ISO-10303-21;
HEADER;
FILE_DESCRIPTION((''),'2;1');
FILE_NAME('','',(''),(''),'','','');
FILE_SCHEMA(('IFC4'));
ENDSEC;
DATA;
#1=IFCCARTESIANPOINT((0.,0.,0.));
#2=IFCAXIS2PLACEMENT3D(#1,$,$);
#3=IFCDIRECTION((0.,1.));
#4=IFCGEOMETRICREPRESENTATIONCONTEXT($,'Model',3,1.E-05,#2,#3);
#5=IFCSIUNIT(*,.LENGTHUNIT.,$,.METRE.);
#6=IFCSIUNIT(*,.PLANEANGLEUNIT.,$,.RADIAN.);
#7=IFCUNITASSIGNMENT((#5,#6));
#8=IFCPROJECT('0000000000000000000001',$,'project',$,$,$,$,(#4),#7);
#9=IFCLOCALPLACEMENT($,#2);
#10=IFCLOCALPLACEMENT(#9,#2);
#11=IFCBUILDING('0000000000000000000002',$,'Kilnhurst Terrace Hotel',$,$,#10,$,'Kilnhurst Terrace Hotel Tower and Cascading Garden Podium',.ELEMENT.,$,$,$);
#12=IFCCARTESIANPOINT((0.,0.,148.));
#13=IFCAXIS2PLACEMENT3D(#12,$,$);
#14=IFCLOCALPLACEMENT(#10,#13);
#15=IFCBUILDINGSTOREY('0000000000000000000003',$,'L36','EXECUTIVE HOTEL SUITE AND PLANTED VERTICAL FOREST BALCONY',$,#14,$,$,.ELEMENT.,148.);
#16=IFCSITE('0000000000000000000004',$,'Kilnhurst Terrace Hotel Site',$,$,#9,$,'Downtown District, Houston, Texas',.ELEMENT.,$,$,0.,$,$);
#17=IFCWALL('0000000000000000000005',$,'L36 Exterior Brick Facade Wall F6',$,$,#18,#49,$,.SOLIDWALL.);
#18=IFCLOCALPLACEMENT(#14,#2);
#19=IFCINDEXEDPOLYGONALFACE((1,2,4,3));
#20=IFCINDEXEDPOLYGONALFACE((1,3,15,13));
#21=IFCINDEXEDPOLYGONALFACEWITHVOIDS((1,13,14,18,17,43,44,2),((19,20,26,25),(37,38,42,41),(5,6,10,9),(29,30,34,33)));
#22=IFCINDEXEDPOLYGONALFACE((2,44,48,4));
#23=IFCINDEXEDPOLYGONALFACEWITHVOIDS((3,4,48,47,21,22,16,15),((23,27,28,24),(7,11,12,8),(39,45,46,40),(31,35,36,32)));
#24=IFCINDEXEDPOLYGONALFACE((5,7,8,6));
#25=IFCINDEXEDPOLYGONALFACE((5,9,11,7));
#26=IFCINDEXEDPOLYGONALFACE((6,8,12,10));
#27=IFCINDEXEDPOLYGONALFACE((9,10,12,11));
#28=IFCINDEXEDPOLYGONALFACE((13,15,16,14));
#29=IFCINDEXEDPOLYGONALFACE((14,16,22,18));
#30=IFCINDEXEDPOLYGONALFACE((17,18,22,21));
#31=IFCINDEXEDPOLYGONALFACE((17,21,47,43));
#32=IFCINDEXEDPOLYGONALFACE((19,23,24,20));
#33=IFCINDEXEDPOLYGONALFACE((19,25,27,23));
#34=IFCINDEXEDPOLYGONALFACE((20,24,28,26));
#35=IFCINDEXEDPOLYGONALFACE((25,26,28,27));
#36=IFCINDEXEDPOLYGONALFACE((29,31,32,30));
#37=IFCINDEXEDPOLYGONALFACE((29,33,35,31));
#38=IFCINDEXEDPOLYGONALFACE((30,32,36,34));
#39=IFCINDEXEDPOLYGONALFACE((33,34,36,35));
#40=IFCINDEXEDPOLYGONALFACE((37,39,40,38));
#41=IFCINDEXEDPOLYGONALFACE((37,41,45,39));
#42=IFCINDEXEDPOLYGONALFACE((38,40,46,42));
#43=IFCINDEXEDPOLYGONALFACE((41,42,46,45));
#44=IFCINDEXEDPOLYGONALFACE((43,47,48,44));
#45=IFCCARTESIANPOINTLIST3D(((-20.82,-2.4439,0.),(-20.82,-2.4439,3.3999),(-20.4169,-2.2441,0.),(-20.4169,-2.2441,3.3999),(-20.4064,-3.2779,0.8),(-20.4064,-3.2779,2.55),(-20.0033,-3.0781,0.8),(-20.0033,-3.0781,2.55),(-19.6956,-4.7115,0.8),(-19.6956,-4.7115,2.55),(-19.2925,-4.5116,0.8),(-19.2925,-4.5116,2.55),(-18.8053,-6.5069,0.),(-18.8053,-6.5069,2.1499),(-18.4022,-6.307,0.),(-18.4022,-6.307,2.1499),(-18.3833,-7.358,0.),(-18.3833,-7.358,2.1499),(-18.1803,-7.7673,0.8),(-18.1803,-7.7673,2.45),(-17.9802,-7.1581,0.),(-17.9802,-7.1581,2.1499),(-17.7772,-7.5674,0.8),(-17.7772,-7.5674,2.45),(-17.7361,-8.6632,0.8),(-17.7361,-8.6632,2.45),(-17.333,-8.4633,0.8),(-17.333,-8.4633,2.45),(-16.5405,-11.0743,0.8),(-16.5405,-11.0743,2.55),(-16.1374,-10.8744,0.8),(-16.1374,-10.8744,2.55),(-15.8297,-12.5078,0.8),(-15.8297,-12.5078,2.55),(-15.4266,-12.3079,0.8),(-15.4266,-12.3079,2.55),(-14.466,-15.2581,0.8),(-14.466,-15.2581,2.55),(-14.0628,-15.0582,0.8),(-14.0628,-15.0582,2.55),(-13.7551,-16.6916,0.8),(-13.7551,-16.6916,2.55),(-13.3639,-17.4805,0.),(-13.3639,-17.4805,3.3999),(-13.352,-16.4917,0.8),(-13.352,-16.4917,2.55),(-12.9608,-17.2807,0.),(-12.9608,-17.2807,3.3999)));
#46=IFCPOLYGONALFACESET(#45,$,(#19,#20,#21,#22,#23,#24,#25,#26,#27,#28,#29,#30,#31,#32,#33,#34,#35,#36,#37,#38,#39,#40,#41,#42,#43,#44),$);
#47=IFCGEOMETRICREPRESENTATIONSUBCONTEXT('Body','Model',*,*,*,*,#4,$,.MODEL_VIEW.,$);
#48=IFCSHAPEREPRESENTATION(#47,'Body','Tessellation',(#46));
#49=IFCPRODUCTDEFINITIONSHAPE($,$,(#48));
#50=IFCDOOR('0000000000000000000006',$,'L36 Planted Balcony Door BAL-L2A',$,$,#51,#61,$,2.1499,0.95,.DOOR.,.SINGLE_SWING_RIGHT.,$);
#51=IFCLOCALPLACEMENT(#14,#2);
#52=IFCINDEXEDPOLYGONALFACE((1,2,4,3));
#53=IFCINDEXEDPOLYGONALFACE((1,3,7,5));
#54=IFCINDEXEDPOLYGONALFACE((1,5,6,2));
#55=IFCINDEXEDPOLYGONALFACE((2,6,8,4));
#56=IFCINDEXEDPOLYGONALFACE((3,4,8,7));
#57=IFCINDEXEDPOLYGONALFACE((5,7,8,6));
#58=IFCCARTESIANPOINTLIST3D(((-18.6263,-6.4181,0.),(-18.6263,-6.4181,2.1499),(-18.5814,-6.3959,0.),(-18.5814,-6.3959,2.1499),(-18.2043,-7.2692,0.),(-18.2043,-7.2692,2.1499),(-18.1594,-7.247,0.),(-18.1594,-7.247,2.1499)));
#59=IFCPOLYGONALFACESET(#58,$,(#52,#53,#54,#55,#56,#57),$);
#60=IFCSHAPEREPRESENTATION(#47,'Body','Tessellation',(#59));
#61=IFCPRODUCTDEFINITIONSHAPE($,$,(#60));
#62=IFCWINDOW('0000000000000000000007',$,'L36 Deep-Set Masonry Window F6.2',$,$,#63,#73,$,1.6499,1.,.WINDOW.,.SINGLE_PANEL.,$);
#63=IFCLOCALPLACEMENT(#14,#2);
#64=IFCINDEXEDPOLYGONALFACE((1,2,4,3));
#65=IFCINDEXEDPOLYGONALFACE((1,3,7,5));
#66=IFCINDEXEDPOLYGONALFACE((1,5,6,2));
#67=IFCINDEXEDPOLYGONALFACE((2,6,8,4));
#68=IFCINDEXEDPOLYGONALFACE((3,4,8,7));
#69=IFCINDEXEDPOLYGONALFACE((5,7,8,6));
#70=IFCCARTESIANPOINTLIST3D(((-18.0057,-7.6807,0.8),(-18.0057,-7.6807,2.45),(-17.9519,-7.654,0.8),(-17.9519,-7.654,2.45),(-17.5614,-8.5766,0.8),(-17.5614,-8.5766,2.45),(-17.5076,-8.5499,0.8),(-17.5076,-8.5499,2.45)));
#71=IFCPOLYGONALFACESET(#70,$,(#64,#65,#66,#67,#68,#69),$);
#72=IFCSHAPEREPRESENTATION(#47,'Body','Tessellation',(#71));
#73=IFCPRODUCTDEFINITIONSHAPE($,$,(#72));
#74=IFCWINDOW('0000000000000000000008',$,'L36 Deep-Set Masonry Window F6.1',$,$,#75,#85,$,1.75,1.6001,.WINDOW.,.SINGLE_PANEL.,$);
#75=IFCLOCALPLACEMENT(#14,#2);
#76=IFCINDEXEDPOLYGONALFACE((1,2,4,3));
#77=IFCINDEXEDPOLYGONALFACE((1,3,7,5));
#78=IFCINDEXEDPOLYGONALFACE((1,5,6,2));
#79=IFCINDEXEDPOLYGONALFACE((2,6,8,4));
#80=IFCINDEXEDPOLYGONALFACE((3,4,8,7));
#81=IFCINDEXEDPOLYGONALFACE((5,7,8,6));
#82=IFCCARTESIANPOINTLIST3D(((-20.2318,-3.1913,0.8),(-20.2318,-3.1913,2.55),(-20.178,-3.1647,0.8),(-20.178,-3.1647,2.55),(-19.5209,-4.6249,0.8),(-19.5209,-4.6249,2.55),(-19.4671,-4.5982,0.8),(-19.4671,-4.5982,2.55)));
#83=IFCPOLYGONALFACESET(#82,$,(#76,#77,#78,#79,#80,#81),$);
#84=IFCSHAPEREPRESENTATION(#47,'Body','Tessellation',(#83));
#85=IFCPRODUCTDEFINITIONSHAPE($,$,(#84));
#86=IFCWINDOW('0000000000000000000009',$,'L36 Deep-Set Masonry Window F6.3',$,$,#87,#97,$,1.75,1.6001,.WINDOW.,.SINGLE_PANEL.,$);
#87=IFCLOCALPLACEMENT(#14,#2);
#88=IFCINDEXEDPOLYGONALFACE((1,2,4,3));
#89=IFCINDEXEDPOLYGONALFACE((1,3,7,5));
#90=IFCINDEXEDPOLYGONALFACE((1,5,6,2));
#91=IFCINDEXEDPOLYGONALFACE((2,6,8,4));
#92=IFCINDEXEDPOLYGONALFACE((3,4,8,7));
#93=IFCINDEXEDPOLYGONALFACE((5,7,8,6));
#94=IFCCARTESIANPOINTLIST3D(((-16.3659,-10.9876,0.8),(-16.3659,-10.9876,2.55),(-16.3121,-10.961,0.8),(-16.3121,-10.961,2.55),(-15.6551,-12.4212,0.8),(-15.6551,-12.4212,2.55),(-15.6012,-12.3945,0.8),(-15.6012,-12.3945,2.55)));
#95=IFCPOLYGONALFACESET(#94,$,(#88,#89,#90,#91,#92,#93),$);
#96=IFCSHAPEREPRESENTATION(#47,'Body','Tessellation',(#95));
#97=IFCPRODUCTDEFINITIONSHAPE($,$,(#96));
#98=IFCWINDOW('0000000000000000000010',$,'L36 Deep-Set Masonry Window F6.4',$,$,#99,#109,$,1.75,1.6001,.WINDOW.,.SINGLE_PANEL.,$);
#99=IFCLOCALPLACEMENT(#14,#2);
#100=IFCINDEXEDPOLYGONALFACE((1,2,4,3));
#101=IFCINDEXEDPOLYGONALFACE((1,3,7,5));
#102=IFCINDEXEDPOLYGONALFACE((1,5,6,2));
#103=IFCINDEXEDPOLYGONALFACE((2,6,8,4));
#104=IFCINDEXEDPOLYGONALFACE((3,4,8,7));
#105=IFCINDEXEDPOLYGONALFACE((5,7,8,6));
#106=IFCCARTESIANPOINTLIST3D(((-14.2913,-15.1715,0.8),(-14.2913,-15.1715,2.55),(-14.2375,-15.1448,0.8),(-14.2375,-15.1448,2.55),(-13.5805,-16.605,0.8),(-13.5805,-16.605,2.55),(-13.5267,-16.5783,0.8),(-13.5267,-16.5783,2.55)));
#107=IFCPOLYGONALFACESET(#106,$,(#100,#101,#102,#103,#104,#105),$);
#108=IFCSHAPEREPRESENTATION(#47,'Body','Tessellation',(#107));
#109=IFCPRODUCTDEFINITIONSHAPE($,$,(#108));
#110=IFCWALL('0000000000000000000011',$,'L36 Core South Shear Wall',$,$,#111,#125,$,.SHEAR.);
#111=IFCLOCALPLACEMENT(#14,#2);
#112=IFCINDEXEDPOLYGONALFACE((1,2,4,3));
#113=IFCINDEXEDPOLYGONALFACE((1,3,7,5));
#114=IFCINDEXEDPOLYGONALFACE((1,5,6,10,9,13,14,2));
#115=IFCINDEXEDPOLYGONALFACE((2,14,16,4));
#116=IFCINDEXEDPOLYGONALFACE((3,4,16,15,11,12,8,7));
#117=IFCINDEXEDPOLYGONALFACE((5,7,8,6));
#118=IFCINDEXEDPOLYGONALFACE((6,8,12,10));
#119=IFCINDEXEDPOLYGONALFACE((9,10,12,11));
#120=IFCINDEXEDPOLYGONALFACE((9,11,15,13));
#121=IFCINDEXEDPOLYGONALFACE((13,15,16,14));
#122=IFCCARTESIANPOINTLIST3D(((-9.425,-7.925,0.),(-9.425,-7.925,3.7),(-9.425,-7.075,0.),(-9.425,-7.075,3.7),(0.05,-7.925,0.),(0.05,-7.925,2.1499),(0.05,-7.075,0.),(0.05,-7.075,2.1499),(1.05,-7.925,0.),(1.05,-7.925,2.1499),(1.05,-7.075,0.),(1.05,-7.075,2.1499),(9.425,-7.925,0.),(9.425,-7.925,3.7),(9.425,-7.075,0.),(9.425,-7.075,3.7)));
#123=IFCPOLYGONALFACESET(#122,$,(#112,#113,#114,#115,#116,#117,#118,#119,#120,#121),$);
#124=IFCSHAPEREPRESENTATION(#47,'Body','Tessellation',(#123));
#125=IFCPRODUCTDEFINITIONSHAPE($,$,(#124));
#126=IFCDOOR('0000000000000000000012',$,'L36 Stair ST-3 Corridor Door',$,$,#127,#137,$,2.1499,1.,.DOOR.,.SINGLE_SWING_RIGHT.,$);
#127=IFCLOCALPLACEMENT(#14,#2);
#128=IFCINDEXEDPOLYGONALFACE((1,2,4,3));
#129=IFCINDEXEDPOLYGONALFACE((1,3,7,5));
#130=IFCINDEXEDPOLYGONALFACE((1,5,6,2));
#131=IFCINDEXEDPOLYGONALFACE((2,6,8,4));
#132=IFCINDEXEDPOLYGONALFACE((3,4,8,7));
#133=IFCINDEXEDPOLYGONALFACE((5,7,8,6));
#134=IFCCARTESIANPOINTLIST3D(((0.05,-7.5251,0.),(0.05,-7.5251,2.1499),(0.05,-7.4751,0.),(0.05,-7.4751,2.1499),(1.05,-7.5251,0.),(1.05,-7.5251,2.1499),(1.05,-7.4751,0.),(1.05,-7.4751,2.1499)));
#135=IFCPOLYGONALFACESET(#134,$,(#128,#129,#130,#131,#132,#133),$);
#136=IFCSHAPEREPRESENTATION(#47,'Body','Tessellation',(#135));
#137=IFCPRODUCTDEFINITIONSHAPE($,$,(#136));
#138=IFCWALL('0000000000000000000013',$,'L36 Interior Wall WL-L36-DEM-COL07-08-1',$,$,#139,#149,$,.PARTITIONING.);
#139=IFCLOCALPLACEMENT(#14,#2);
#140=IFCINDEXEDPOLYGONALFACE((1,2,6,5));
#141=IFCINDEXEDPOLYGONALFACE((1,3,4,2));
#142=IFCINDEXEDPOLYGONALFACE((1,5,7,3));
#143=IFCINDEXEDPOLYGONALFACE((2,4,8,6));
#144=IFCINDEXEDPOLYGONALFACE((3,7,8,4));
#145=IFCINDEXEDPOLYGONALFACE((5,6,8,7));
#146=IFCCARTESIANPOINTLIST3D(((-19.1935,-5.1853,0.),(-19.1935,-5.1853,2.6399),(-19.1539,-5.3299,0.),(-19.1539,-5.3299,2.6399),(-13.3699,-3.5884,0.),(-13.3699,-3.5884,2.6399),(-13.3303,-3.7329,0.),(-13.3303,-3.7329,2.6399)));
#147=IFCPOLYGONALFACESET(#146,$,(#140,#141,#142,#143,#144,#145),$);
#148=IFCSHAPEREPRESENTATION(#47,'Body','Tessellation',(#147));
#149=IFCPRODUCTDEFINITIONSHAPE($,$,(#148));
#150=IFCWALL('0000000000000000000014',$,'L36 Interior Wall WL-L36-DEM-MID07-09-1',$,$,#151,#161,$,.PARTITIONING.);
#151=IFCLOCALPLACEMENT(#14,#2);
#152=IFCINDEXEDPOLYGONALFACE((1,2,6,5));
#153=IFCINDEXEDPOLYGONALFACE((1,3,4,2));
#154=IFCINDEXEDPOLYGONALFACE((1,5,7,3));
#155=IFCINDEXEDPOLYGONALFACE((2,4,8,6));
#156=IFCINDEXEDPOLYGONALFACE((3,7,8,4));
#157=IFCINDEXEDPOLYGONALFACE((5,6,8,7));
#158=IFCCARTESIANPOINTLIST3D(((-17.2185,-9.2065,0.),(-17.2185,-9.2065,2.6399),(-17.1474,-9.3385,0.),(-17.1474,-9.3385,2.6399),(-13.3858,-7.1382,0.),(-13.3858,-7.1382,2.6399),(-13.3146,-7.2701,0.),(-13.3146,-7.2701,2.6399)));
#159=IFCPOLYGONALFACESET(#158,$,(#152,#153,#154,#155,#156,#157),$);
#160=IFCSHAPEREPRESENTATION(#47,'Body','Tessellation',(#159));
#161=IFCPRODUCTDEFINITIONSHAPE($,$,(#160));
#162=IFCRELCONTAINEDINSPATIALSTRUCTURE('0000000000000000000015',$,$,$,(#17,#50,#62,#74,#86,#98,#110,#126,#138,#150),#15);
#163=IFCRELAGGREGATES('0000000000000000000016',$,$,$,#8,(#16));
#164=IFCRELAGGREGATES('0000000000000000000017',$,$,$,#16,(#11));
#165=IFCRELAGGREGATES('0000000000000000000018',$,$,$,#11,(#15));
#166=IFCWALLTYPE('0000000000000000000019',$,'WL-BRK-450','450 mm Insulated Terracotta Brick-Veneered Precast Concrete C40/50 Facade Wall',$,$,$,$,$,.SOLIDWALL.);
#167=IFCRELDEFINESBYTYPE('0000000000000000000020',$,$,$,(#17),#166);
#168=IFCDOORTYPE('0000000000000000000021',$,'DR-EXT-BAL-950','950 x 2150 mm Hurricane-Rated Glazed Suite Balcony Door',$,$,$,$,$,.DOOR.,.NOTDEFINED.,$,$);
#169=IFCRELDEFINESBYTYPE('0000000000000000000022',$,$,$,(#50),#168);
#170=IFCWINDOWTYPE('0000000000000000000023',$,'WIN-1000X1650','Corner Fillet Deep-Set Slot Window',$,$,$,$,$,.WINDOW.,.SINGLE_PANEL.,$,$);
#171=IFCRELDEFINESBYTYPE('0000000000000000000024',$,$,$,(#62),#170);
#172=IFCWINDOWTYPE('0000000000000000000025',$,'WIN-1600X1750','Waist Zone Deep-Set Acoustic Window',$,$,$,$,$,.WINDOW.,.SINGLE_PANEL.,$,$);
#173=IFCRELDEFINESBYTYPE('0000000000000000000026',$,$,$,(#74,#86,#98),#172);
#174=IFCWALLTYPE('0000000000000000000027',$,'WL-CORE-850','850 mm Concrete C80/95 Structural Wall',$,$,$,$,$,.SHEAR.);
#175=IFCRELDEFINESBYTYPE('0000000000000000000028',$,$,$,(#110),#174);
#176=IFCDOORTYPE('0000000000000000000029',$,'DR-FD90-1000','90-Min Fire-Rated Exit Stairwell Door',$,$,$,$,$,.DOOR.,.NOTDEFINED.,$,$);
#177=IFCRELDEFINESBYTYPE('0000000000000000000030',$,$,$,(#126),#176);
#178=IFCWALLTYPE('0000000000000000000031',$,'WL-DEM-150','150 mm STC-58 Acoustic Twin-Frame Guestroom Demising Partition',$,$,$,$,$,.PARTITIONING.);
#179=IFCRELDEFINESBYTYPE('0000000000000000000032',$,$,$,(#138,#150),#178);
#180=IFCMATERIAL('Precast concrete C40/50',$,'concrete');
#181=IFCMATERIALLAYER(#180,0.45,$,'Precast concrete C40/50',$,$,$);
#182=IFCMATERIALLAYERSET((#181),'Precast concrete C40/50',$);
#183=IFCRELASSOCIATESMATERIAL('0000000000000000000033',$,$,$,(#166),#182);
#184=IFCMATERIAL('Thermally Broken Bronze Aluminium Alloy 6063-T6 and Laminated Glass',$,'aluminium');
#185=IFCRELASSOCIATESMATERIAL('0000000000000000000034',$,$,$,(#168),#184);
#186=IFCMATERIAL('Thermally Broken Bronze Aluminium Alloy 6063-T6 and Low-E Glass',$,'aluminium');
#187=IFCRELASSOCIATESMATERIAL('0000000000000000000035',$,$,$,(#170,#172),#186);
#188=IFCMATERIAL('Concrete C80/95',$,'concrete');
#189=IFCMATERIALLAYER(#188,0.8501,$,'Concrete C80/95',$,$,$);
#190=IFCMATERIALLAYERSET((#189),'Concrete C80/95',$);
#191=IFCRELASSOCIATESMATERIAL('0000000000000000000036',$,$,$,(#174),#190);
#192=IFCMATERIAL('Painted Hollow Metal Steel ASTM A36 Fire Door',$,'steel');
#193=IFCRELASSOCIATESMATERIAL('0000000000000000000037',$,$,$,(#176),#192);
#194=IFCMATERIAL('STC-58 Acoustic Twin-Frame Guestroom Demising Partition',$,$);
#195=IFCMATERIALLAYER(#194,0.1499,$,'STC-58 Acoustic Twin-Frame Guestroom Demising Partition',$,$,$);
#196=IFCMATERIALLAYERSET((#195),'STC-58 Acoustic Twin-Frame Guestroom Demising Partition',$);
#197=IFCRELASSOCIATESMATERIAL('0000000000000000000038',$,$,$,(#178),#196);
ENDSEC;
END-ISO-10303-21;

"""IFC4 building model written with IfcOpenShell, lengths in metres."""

from ifc_helpers import new_model, si_unit, direction, frame, frame_2d, origin, place, context, subcontext, project, spatial, rectangle, extrude, material, layer, layer_set, type_object, element, fill, save


model = new_model("IFC4")

# Units and contexts
model_context = context("Model", 3, precision=1e-05, world=origin(), true_north=direction((0.0, 1.0)))
body_context = subcontext(model_context, "Body", "Model", "MODEL_VIEW")
ifc_project = project(units=[si_unit("LENGTHUNIT", "METRE"), si_unit("PLANEANGLEUNIT", "RADIAN")], contexts=[model_context])

# Site, building, storey
site_placement = place(None, origin())
site = spatial("IfcSite", under=ifc_project, at=site_placement, Name="Kilnhurst Terrace Hotel Site", LongName="Downtown District, Houston, Texas", CompositionType="ELEMENT", RefElevation=0.0)
building_placement = place(site_placement, origin())
building = spatial("IfcBuilding", under=site, at=building_placement, Name="Kilnhurst Terrace Hotel", LongName="Kilnhurst Terrace Hotel Tower and Cascading Garden Podium", CompositionType="ELEMENT")
storey_placement = place(building_placement, frame((0.0, 0.0, 148.0)))
storey = spatial("IfcBuildingStorey", under=building, at=storey_placement, Name="L36", Description="EXECUTIVE HOTEL SUITE AND PLANTED VERTICAL FOREST BALCONY", CompositionType="ELEMENT", Elevation=148.0)

# Shared definitions
ifc_material_1 = material(Name="Concrete C80/95", Category="concrete")

# Shared definitions
ifc_material_2 = material(Name="Precast concrete C40/50", Category="concrete")
ifc_layer_1 = layer(ifc_material_2, 0.45, Name="Precast concrete C40/50")
ifc_layer_set_1 = layer_set([ifc_layer_1], Name="Precast concrete C40/50")
wall_type_1 = type_object("IfcWallType", Name="WL-BRK-450", Description="450 mm Insulated Terracotta Brick-Veneered Precast Concrete C40/50 Facade Wall", PredefinedType="SOLIDWALL", material=ifc_layer_set_1)

# Wall, openings, door, windows
wall_1_placement = place(storey_placement, frame((-20.6184, -2.344, 0.0), z_axis=(0.0, 0.0, 1.0), x_axis=(0.444244, -0.895906, 0.0)))
wall_1 = element("IfcWall", 1, at=wall_1_placement, inside=storey, type_object=wall_type_1, Name="L36 Exterior Brick Facade Wall F6", PredefinedType="SOLIDWALL", context=body_context, shape_type="SweptSolid", body=[
    extrude(rectangle(XDim=16.7837, YDim=0.45, at=frame_2d((8.3918, 0.0))), origin(), (0.0, 0.0, 1.0), 3.3999),
])
opening_1_placement = place(wall_1_placement, frame((4.5349, 0.0, 0.0)))
opening_1 = element("IfcOpeningElement", 2, at=opening_1_placement, cuts=wall_1, PredefinedType="OPENING", context=body_context, shape_type="SweptSolid", body=[
    extrude(rectangle(XDim=0.95, YDim=2.1499, at=frame_2d((0.4751, 1.075))), frame((0.0, 0.2349, 0.0), z_axis=(0.0, -1.0, 0.0), x_axis=(1.0, 0.0, 0.0)), (0.0, 0.0, 1.0), 0.47),
])
opening_2_placement = place(wall_1_placement, frame((0.9309, 0.0, 0.8)))
opening_2 = element("IfcOpeningElement", 3, at=opening_2_placement, cuts=wall_1, PredefinedType="OPENING", context=body_context, shape_type="SweptSolid", body=[
    extrude(rectangle(XDim=1.6001, YDim=1.75, at=frame_2d((0.8, 0.875))), frame((0.0, 0.2349, 0.0), z_axis=(0.0, -1.0, 0.0), x_axis=(1.0, 0.0, 0.0)), (0.0, 0.0, 1.0), 0.47),
])
opening_3_placement = place(wall_1_placement, frame((5.9419, 0.0, 0.8)))
opening_3 = element("IfcOpeningElement", 4, at=opening_3_placement, cuts=wall_1, PredefinedType="OPENING", context=body_context, shape_type="SweptSolid", body=[
    extrude(rectangle(XDim=1.0, YDim=1.6499, at=frame_2d((0.5, 0.825))), frame((0.0, 0.2349, 0.0), z_axis=(0.0, -1.0, 0.0), x_axis=(1.0, 0.0, 0.0)), (0.0, 0.0, 1.0), 0.47),
])
opening_4_placement = place(wall_1_placement, frame((9.6331, 0.0, 0.8)))
opening_4 = element("IfcOpeningElement", 5, at=opening_4_placement, cuts=wall_1, PredefinedType="OPENING", context=body_context, shape_type="SweptSolid", body=[
    extrude(rectangle(XDim=1.6001, YDim=1.75, at=frame_2d((0.8, 0.875))), frame((0.0, 0.2349, 0.0), z_axis=(0.0, -1.0, 0.0), x_axis=(1.0, 0.0, 0.0)), (0.0, 0.0, 1.0), 0.47),
])
opening_5_placement = place(wall_1_placement, frame((14.303, 0.0, 0.8)))
opening_5 = element("IfcOpeningElement", 6, at=opening_5_placement, cuts=wall_1, PredefinedType="OPENING", context=body_context, shape_type="SweptSolid", body=[
    extrude(rectangle(XDim=1.6001, YDim=1.75, at=frame_2d((0.8, 0.875))), frame((0.0, 0.2349, 0.0), z_axis=(0.0, -1.0, 0.0), x_axis=(1.0, 0.0, 0.0)), (0.0, 0.0, 1.0), 0.47),
])
ifc_material_3 = material(Name="Thermally Broken Bronze Aluminium Alloy 6063-T6 and Laminated Glass", Category="aluminium")
door_type_1 = type_object("IfcDoorType", Name="DR-EXT-BAL-950", Description="950 x 2150 mm Hurricane-Rated Glazed Suite Balcony Door", OperationType="NOTDEFINED", PredefinedType="DOOR", material=ifc_material_3)
door_1_placement = place(opening_1_placement, origin())
door_1 = element("IfcDoor", 7, at=door_1_placement, inside=storey, type_object=door_type_1, Name="L36 Planted Balcony Door BAL-L2A", OperationType="SINGLE_SWING_RIGHT", OverallHeight=2.1499, OverallWidth=0.95, PredefinedType="DOOR", context=body_context, shape_type="SweptSolid", body=[
    extrude(rectangle(XDim=0.95, YDim=2.1499, at=frame_2d((0.4751, 1.075))), frame((0.0, 0.0249, 0.0), z_axis=(0.0, -1.0, 0.0), x_axis=(1.0, 0.0, 0.0)), (0.0, 0.0, 1.0), 0.05),
])
fill(opening_1, door_1)
ifc_material_4 = material(Name="Thermally Broken Bronze Aluminium Alloy 6063-T6 and Low-E Glass", Category="aluminium")
window_type_1 = type_object("IfcWindowType", Name="WIN-1000X1650", Description="Corner Fillet Deep-Set Slot Window", PartitioningType="SINGLE_PANEL", PredefinedType="WINDOW", material=ifc_material_4)
window_1_placement = place(opening_3_placement, origin())
window_1 = element("IfcWindow", 8, at=window_1_placement, inside=storey, type_object=window_type_1, Name="L36 Deep-Set Masonry Window F6.2", OverallHeight=1.6499, OverallWidth=1.0, PartitioningType="SINGLE_PANEL", PredefinedType="WINDOW", context=body_context, shape_type="SweptSolid", body=[
    extrude(rectangle(XDim=1.0, YDim=1.6499, at=frame_2d((0.5, 0.825))), frame((0.0, 0.03, 0.0), z_axis=(0.0, -1.0, 0.0), x_axis=(1.0, 0.0, 0.0)), (0.0, 0.0, 1.0), 0.0601),
])
fill(opening_3, window_1)
window_type_2 = type_object("IfcWindowType", Name="WIN-1600X1750", Description="Waist Zone Deep-Set Acoustic Window", PartitioningType="SINGLE_PANEL", PredefinedType="WINDOW", material=ifc_material_4)
window_2_placement = place(opening_2_placement, origin())
window_2 = element("IfcWindow", 9, at=window_2_placement, inside=storey, type_object=window_type_2, Name="L36 Deep-Set Masonry Window F6.1", OverallHeight=1.75, OverallWidth=1.6001, PartitioningType="SINGLE_PANEL", PredefinedType="WINDOW", context=body_context, shape_type="SweptSolid", body=[
    extrude(rectangle(XDim=1.6001, YDim=1.75, at=frame_2d((0.8, 0.875))), frame((0.0, 0.03, 0.0), z_axis=(0.0, -1.0, 0.0), x_axis=(1.0, 0.0, 0.0)), (0.0, 0.0, 1.0), 0.0601),
])
fill(opening_2, window_2)
window_3_placement = place(opening_4_placement, origin())
window_3 = element("IfcWindow", 10, at=window_3_placement, inside=storey, type_object=window_type_2, Name="L36 Deep-Set Masonry Window F6.3", OverallHeight=1.75, OverallWidth=1.6001, PartitioningType="SINGLE_PANEL", PredefinedType="WINDOW", context=body_context, shape_type="SweptSolid", body=[
    extrude(rectangle(XDim=1.6001, YDim=1.75, at=frame_2d((0.8, 0.875))), frame((0.0, 0.03, 0.0), z_axis=(0.0, -1.0, 0.0), x_axis=(1.0, 0.0, 0.0)), (0.0, 0.0, 1.0), 0.0601),
])
fill(opening_4, window_3)
window_4_placement = place(opening_5_placement, origin())
window_4 = element("IfcWindow", 11, at=window_4_placement, inside=storey, type_object=window_type_2, Name="L36 Deep-Set Masonry Window F6.4", OverallHeight=1.75, OverallWidth=1.6001, PartitioningType="SINGLE_PANEL", PredefinedType="WINDOW", context=body_context, shape_type="SweptSolid", body=[
    extrude(rectangle(XDim=1.6001, YDim=1.75, at=frame_2d((0.8, 0.875))), frame((0.0, 0.03, 0.0), z_axis=(0.0, -1.0, 0.0), x_axis=(1.0, 0.0, 0.0)), (0.0, 0.0, 1.0), 0.0601),
])
fill(opening_5, window_4)

# Wall, opening, door
ifc_layer_2 = layer(ifc_material_1, 0.8501, Name="Concrete C80/95")
ifc_layer_set_2 = layer_set([ifc_layer_2], Name="Concrete C80/95")
wall_type_2 = type_object("IfcWallType", Name="WL-CORE-850", Description="850 mm Concrete C80/95 Structural Wall", PredefinedType="SHEAR", material=ifc_layer_set_2)
wall_2_placement = place(storey_placement, frame((-9.425, -7.5, 0.0), z_axis=(0.0, 0.0, 1.0), x_axis=(1.0, 0.0, 0.0)))
wall_2 = element("IfcWall", 12, at=wall_2_placement, inside=storey, type_object=wall_type_2, Name="L36 Core South Shear Wall", PredefinedType="SHEAR", context=body_context, shape_type="SweptSolid", body=[
    extrude(rectangle(XDim=18.8501, YDim=0.8501, at=frame_2d((9.425, 0.0))), origin(), (0.0, 0.0, 1.0), 3.7),
])
opening_6_placement = place(wall_2_placement, frame((9.4751, 0.0, 0.0)))
opening_6 = element("IfcOpeningElement", 13, at=opening_6_placement, cuts=wall_2, PredefinedType="OPENING", context=body_context, shape_type="SweptSolid", body=[
    extrude(rectangle(XDim=1.0, YDim=2.1499, at=frame_2d((0.5, 1.075))), frame((0.0, 0.4351, 0.0), z_axis=(0.0, -1.0, 0.0), x_axis=(1.0, 0.0, 0.0)), (0.0, 0.0, 1.0), 0.8701),
])
ifc_material_5 = material(Name="Painted Hollow Metal Steel ASTM A36 Fire Door", Category="steel")
door_type_2 = type_object("IfcDoorType", Name="DR-FD90-1000", Description="90-Min Fire-Rated Exit Stairwell Door", OperationType="NOTDEFINED", PredefinedType="DOOR", material=ifc_material_5)
door_2_placement = place(opening_6_placement, origin())
door_2 = element("IfcDoor", 14, at=door_2_placement, inside=storey, type_object=door_type_2, Name="L36 Stair ST-3 Corridor Door", OperationType="SINGLE_SWING_RIGHT", OverallHeight=2.1499, OverallWidth=1.0, PredefinedType="DOOR", context=body_context, shape_type="SweptSolid", body=[
    extrude(rectangle(XDim=1.0, YDim=2.1499, at=frame_2d((0.5, 1.075))), frame((0.0, 0.0249, 0.0), z_axis=(0.0, -1.0, 0.0), x_axis=(1.0, 0.0, 0.0)), (0.0, 0.0, 1.0), 0.05),
])
fill(opening_6, door_2)

# Walls
ifc_material_6 = material(Name="STC-58 Acoustic Twin-Frame Guestroom Demising Partition")
ifc_layer_3 = layer(ifc_material_6, 0.1499, Name="STC-58 Acoustic Twin-Frame Guestroom Demising Partition")
ifc_layer_set_3 = layer_set([ifc_layer_3], Name="STC-58 Acoustic Twin-Frame Guestroom Demising Partition")
wall_type_3 = type_object("IfcWallType", Name="WL-DEM-150", Description="150 mm STC-58 Acoustic Twin-Frame Guestroom Demising Partition", PredefinedType="PARTITIONING", material=ifc_layer_set_3)
wall_3_placement = place(storey_placement, frame((-13.3501, -3.6606, 0.0), z_axis=(0.0, 0.0, 1.0), x_axis=(-0.964397, -0.264458, 0.0)))
element("IfcWall", 15, at=wall_3_placement, inside=storey, type_object=wall_type_3, Name="L36 Interior Wall WL-L36-DEM-COL07-08-1", PredefinedType="PARTITIONING", context=body_context, shape_type="SweptSolid", body=[
    extrude(rectangle(XDim=6.0386, YDim=0.1499, at=frame_2d((3.0193, 0.0))), origin(), (0.0, 0.0, 1.0), 2.6399),
])
wall_4_placement = place(storey_placement, frame((-13.3501, -7.2041, 0.0), z_axis=(0.0, 0.0, 1.0), x_axis=(-0.880033, -0.474912, 0.0)))
element("IfcWall", 16, at=wall_4_placement, inside=storey, type_object=wall_type_3, Name="L36 Interior Wall WL-L36-DEM-MID07-09-1", PredefinedType="PARTITIONING", context=body_context, shape_type="SweptSolid", body=[
    extrude(rectangle(XDim=4.3552, YDim=0.1499, at=frame_2d((2.1777, 0.0))), origin(), (0.0, 0.0, 1.0), 2.6399),
])

save(model, "model.ifc")
